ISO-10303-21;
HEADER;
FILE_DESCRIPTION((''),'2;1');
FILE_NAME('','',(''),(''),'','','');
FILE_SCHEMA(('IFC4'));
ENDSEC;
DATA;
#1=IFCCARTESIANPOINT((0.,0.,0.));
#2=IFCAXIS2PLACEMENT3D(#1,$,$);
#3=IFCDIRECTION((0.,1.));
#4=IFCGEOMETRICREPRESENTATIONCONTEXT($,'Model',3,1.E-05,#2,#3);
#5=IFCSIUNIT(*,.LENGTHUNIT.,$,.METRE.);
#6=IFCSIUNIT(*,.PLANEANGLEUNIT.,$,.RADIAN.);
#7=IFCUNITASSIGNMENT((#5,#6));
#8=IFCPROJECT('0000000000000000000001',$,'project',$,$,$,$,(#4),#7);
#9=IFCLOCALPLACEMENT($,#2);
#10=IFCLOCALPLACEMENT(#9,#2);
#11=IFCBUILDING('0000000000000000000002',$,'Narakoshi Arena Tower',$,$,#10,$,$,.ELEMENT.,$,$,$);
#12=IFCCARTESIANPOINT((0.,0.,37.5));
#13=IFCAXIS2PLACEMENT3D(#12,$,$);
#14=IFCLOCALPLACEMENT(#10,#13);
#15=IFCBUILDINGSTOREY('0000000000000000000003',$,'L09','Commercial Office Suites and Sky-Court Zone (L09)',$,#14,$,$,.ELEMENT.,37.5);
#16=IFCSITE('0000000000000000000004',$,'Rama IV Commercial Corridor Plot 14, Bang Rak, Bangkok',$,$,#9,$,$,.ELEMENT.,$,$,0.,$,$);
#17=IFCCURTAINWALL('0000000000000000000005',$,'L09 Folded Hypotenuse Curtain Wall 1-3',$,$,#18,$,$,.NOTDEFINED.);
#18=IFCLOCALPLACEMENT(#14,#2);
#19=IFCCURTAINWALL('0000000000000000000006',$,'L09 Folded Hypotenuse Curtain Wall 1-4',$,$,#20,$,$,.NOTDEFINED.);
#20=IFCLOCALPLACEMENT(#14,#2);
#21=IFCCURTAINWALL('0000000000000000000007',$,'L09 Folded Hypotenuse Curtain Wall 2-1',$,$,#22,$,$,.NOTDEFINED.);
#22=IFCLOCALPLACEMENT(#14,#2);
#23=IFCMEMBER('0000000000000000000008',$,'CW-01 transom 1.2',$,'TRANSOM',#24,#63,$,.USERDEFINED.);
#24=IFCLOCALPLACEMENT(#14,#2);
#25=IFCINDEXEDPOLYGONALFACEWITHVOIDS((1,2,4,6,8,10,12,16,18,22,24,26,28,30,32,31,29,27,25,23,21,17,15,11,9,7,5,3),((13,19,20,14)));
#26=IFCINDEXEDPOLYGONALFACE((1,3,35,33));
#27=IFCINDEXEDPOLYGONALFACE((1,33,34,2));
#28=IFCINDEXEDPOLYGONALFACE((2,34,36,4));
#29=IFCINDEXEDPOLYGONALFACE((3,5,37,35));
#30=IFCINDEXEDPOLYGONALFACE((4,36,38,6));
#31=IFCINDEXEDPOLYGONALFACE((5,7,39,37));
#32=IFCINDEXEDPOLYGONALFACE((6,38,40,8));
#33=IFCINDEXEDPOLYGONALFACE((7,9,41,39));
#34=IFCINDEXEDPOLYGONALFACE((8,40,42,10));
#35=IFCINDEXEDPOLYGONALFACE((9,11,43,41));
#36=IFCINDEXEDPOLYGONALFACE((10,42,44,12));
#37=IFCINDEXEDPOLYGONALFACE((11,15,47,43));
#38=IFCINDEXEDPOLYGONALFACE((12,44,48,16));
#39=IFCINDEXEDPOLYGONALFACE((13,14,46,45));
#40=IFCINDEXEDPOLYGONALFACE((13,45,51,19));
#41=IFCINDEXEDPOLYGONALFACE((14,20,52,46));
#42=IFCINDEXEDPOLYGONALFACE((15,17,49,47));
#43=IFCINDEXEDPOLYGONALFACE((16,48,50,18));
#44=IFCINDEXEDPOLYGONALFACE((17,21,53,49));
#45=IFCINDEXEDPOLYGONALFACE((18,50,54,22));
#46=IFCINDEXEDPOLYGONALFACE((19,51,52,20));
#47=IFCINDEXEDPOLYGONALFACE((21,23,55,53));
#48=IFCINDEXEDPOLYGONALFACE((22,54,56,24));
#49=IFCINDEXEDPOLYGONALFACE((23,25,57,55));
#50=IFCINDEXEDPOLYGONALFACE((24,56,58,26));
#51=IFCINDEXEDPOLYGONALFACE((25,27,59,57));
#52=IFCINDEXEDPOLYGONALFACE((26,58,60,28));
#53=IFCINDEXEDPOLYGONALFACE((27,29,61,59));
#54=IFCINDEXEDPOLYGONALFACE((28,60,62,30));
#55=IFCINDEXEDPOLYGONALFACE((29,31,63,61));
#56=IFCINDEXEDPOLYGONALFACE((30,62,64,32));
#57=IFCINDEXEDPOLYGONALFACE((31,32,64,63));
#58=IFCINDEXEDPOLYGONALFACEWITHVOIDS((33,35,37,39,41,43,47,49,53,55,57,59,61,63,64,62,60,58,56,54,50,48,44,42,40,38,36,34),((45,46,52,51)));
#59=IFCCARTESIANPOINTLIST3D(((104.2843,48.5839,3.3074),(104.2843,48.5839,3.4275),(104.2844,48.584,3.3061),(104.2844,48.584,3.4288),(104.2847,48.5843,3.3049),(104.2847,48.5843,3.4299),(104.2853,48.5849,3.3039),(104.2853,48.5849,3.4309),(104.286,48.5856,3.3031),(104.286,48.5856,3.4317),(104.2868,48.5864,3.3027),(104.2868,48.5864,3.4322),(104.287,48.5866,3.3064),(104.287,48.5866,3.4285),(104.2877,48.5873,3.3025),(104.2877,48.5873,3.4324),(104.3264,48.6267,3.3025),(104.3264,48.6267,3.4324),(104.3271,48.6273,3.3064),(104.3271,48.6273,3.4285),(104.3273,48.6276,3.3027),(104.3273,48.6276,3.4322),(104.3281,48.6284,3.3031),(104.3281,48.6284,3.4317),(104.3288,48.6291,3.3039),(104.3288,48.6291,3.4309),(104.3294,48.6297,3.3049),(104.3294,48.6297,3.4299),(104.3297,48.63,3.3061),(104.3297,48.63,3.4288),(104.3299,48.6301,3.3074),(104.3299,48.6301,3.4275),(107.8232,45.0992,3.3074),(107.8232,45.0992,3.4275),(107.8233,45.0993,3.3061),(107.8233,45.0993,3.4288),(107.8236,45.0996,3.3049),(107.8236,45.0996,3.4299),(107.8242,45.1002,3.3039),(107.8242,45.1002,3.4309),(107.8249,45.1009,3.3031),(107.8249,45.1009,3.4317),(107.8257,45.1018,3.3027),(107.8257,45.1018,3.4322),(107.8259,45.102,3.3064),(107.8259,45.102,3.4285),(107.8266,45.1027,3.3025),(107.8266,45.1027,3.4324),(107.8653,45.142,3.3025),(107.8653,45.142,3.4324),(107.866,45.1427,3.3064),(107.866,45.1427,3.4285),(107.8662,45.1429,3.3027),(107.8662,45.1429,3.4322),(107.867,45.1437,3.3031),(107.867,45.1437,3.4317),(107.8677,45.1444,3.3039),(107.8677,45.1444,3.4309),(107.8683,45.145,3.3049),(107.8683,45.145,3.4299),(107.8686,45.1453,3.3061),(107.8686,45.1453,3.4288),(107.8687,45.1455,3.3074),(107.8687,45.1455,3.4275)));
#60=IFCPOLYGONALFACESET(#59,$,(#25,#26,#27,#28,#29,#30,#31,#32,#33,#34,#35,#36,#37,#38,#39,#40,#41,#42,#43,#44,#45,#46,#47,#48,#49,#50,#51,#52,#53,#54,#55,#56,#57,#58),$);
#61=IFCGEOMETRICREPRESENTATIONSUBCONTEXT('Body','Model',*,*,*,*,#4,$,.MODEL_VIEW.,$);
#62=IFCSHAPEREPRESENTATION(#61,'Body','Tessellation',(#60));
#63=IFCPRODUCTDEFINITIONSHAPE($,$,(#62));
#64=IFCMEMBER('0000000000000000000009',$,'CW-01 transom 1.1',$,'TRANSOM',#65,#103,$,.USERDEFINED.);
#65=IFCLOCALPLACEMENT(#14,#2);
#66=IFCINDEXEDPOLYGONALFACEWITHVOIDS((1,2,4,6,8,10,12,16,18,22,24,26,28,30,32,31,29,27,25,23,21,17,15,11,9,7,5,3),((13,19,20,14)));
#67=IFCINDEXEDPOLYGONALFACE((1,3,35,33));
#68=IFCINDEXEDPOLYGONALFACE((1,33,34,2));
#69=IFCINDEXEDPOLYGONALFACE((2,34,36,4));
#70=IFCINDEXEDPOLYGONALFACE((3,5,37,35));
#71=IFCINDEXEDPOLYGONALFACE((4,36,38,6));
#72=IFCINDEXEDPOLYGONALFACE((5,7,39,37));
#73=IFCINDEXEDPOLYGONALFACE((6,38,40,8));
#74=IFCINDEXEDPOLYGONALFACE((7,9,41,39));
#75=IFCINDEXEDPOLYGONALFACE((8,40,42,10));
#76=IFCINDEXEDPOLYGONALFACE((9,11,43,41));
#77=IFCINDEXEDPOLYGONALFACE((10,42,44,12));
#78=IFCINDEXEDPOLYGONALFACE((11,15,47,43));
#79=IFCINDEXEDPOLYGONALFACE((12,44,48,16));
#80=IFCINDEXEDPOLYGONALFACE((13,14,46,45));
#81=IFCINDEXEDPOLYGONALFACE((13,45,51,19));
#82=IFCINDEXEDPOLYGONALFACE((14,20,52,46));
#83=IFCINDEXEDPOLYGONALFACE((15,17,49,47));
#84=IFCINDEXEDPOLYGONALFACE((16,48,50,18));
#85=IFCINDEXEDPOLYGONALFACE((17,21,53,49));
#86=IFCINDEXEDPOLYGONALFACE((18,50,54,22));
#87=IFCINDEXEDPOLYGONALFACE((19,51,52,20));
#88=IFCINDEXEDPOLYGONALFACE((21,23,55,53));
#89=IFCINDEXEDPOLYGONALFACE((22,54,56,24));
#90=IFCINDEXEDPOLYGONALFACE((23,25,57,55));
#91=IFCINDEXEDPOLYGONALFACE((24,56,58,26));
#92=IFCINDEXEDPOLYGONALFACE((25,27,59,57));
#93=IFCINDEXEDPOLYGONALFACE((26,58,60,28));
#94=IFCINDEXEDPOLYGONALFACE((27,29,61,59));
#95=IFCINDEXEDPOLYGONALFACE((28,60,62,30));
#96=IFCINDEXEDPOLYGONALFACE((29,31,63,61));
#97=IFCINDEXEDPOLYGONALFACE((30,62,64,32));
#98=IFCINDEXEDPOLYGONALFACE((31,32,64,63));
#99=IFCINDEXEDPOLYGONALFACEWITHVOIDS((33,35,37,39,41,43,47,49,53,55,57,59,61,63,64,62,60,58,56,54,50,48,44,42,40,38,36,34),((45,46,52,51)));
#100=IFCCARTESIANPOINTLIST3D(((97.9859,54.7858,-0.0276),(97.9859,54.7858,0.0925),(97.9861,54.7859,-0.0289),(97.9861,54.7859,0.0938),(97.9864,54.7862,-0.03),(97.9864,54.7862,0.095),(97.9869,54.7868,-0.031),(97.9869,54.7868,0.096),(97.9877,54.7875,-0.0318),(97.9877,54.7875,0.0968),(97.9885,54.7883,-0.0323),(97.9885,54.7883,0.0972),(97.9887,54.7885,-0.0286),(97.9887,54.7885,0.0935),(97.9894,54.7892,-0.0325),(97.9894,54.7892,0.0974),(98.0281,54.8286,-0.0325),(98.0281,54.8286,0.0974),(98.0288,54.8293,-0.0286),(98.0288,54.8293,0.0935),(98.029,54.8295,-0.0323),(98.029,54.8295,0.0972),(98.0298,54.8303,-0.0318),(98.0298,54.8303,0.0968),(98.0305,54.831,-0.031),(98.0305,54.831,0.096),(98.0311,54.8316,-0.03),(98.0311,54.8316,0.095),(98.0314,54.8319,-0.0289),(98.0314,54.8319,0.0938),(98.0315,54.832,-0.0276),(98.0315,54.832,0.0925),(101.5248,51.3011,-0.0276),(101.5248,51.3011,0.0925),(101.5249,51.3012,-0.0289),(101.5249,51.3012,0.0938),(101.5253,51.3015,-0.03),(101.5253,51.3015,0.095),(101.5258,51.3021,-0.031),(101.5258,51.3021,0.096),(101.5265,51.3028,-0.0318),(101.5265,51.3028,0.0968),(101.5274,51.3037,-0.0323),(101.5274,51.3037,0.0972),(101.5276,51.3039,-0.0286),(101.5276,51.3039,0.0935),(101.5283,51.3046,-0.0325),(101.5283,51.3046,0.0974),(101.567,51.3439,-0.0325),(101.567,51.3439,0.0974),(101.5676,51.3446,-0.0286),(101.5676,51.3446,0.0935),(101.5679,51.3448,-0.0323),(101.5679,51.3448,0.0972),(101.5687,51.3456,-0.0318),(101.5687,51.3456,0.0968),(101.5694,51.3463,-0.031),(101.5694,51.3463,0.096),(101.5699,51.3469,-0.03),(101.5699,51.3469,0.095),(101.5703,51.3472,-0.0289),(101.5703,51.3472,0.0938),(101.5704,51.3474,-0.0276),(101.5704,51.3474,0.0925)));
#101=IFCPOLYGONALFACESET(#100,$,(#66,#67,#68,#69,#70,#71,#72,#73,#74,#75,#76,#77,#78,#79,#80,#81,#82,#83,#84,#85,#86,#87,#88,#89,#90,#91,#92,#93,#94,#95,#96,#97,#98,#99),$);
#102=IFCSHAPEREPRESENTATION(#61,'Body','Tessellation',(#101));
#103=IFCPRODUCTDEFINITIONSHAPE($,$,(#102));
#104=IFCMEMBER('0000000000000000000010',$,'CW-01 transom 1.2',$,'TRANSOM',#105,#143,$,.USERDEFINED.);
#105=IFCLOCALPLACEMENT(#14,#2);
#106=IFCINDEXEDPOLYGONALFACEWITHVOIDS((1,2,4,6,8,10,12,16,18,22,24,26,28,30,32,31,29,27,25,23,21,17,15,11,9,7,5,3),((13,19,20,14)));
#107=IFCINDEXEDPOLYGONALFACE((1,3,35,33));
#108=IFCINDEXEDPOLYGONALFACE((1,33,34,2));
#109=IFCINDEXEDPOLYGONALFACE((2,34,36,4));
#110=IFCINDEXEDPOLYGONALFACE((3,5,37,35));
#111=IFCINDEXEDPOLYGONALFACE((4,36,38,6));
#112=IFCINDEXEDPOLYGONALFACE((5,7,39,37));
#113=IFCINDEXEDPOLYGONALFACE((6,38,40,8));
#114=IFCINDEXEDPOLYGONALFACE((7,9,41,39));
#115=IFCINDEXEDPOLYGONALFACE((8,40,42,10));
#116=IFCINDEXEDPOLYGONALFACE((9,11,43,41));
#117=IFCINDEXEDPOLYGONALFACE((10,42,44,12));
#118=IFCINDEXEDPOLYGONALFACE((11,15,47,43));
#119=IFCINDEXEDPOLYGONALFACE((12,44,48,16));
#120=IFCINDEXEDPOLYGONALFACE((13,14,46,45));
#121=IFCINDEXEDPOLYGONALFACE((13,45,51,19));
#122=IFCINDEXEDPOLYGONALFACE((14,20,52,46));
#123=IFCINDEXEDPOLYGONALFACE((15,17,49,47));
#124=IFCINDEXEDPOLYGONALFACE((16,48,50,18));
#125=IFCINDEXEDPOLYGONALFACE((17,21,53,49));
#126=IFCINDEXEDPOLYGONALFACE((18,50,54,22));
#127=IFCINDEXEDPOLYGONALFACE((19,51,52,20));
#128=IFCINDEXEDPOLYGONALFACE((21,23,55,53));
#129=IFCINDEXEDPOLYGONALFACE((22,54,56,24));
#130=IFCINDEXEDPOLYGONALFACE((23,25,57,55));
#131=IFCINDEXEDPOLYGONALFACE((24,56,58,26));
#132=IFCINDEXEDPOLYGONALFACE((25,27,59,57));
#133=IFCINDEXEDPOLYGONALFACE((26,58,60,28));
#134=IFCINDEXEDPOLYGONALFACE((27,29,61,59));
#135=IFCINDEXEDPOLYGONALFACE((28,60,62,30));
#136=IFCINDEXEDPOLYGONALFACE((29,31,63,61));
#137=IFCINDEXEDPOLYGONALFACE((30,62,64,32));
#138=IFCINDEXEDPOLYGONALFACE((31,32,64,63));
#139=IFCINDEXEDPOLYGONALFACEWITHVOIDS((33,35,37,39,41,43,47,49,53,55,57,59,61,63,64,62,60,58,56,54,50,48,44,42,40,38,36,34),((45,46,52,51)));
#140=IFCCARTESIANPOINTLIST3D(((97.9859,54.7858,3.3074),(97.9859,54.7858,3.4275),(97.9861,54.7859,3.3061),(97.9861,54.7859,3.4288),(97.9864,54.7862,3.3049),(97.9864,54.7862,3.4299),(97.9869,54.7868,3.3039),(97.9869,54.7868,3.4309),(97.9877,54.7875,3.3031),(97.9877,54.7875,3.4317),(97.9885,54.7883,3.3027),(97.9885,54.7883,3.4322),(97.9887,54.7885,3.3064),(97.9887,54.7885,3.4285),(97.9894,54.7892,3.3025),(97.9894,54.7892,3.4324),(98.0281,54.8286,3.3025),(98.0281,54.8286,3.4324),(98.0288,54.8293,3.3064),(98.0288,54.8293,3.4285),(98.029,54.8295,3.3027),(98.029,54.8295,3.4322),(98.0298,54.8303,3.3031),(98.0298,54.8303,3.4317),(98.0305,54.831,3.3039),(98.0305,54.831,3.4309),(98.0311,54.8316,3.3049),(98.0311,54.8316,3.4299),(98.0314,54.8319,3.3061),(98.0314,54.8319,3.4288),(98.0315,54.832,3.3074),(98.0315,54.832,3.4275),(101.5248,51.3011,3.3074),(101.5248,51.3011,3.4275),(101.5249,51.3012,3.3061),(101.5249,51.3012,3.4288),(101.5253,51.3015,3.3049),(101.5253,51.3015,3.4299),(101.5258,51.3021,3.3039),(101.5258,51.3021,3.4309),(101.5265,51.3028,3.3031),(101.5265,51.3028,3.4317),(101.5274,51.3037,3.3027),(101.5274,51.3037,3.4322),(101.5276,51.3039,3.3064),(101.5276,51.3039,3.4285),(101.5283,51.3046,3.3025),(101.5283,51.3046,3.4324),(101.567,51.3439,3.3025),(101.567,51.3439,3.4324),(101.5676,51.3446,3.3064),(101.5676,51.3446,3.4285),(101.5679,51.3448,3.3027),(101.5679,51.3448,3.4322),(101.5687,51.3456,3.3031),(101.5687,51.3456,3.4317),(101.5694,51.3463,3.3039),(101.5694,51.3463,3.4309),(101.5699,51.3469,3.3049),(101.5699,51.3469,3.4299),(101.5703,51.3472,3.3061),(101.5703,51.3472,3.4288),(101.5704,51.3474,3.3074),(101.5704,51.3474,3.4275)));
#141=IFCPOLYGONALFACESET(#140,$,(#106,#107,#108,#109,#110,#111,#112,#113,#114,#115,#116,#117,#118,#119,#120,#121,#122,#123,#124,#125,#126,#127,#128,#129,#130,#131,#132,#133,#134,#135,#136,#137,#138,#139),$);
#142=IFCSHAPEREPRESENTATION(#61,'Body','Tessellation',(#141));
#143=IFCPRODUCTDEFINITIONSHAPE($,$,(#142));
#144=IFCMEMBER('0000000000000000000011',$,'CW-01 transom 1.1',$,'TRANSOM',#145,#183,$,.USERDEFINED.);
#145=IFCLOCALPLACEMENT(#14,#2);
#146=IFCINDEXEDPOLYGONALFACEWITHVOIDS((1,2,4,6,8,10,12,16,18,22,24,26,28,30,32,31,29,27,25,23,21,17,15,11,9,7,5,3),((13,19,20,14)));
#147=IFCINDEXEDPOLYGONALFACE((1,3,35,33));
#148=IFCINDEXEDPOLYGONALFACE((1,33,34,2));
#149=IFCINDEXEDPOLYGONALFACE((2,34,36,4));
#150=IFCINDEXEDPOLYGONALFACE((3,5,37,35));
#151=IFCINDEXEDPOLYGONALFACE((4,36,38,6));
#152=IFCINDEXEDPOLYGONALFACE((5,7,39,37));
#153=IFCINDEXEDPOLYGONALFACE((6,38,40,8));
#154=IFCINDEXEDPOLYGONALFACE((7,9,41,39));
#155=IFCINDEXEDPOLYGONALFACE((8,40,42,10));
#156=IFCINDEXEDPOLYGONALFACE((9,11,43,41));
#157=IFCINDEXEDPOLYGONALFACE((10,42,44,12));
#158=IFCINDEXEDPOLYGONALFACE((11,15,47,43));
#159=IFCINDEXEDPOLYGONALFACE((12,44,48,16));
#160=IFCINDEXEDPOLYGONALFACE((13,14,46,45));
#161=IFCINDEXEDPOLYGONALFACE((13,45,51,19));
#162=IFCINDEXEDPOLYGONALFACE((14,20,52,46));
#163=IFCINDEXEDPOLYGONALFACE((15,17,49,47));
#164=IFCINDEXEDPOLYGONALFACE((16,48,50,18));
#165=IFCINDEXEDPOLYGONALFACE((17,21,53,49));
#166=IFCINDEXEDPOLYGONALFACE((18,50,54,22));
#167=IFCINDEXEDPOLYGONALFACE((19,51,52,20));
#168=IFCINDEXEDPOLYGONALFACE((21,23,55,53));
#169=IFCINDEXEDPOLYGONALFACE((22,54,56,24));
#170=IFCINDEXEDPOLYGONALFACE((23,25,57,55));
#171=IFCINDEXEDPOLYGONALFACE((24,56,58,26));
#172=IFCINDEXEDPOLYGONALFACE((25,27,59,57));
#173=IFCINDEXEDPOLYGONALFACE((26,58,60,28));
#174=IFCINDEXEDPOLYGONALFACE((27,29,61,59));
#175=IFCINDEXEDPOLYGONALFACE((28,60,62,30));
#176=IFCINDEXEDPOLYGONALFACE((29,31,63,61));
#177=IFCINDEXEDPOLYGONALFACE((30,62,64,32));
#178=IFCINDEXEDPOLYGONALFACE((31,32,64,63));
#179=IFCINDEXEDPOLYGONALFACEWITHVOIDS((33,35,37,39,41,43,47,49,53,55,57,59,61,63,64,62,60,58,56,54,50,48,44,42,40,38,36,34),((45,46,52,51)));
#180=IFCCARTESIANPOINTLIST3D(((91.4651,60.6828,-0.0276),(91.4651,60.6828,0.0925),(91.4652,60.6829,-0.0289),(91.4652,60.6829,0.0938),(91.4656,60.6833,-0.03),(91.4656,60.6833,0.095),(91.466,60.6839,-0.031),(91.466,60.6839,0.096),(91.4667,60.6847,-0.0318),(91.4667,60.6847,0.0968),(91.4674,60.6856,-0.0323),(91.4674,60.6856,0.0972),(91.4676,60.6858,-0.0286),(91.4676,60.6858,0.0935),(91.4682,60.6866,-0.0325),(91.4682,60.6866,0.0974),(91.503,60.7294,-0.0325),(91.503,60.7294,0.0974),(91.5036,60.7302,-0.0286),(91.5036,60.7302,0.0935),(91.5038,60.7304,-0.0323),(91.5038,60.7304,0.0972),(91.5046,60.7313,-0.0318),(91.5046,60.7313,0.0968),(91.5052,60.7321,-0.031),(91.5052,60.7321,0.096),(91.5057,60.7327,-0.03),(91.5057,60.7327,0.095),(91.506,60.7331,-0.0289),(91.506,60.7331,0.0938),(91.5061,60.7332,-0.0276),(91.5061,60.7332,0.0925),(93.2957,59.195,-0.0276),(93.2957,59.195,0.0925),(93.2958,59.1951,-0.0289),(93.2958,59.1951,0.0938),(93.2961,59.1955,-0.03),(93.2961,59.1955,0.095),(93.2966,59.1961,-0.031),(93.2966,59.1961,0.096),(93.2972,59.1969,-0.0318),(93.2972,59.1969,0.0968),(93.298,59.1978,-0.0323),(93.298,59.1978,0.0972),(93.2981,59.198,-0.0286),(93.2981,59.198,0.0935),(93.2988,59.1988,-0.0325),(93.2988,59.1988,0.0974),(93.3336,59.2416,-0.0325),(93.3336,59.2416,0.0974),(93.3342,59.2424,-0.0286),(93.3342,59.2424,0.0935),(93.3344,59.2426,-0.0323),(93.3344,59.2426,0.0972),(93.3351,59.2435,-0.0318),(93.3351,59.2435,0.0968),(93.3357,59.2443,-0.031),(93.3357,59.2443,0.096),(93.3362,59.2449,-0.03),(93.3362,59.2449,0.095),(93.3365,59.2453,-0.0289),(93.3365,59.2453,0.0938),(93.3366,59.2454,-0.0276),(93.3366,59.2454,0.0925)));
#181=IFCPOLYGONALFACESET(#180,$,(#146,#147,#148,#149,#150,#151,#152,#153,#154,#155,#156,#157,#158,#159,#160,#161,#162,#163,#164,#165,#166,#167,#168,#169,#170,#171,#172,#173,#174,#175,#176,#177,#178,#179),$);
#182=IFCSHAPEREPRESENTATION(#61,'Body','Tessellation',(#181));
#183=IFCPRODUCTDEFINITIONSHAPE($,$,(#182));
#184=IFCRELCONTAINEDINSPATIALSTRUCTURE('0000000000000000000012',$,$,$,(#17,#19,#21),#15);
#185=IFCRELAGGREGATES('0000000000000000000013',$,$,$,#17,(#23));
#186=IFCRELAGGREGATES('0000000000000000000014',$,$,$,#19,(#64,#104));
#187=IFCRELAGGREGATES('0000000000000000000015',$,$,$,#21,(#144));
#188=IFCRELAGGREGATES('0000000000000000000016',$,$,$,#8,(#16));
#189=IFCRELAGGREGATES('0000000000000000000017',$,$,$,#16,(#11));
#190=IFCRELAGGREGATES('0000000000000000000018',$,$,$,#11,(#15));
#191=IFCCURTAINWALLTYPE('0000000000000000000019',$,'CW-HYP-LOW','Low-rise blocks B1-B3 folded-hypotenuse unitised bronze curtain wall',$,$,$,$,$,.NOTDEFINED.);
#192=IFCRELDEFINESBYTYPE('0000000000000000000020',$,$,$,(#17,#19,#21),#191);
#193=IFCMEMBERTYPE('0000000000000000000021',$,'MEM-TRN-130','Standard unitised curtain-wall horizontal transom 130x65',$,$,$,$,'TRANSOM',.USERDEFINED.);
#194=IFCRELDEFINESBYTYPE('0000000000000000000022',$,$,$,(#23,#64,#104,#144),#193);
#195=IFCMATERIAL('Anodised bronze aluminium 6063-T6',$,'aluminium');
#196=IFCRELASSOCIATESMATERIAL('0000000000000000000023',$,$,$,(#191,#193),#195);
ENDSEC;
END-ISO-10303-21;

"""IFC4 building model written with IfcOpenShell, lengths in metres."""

from ifc_helpers import new_model, si_unit, direction, frame, origin, origin_2d, place, context, subcontext, project, spatial, hollow_rectangle, extrude, material, material_profile, profile_set, type_object, element, aggregate, save


model = new_model("IFC4")

# Units and contexts
model_context = context("Model", 3, precision=1e-05, world=origin(), true_north=direction((0.0, 1.0)))
body_context = subcontext(model_context, "Body", "Model", "MODEL_VIEW")
ifc_project = project(units=[si_unit("LENGTHUNIT", "METRE"), si_unit("PLANEANGLEUNIT", "RADIAN")], contexts=[model_context])

# Site, building, storey
site_placement = place(None, origin())
site = spatial("IfcSite", under=ifc_project, at=site_placement, Name="Rama IV Commercial Corridor Plot 14, Bang Rak, Bangkok", CompositionType="ELEMENT", RefElevation=0.0)
building_placement = place(site_placement, origin())
building = spatial("IfcBuilding", under=site, at=building_placement, Name="Narakoshi Arena Tower", CompositionType="ELEMENT")
storey_placement = place(building_placement, frame((0.0, 0.0, 37.5)))
storey = spatial("IfcBuildingStorey", under=building, at=storey_placement, Name="L09", Description="Commercial Office Suites and Sky-Court Zone (L09)", CompositionType="ELEMENT", Elevation=37.5)

# Curtain walls
ifc_material_1 = material(Name="Anodised bronze aluminium 6063-T6", Category="aluminium")
curtain_wall_type = type_object("IfcCurtainWallType", Name="CW-HYP-LOW", Description="Low-rise blocks B1-B3 folded-hypotenuse unitised bronze curtain wall", PredefinedType="NOTDEFINED", material=ifc_material_1)
curtain_wall_1_placement = place(storey_placement, origin())
curtain_wall_1 = element("IfcCurtainWall", 1, at=curtain_wall_1_placement, inside=storey, type_object=curtain_wall_type, Name="L09 Folded Hypotenuse Curtain Wall 1-3", PredefinedType="NOTDEFINED")
curtain_wall_2_placement = place(storey_placement, origin())
curtain_wall_2 = element("IfcCurtainWall", 2, at=curtain_wall_2_placement, inside=storey, type_object=curtain_wall_type, Name="L09 Folded Hypotenuse Curtain Wall 1-4", PredefinedType="NOTDEFINED")
curtain_wall_3_placement = place(storey_placement, origin())
curtain_wall_3 = element("IfcCurtainWall", 3, at=curtain_wall_3_placement, inside=storey, type_object=curtain_wall_type, Name="L09 Folded Hypotenuse Curtain Wall 2-1", PredefinedType="NOTDEFINED")

# Members
ifc_material_profile_1 = material_profile(ifc_material_1, hollow_rectangle(XDim=0.0649, YDim=0.1299, WallThickness=0.0039, OuterFilletRadius=0.0049, at=origin_2d()), Name="TRN130x65x4")
ifc_profile_set_1 = profile_set([ifc_material_profile_1], Name="Anodised bronze aluminium 6063-T6")
member_type_1 = type_object("IfcMemberType", Name="MEM-TRN-130", Description="Standard unitised curtain-wall horizontal transom 130x65", ElementType="TRANSOM", PredefinedType="USERDEFINED", material=ifc_profile_set_1)
member_1_placement = place(storey_placement, frame((107.8459, 45.1223, 3.3674), z_axis=(-0.712542, 0.701629, 0.0), x_axis=(-0.701629, -0.712542, 0.0)))
member_1 = element("IfcMember", 4, at=member_1_placement, type_object=member_type_1, Name="CW-01 transom 1.2", ObjectType="TRANSOM", PredefinedType="USERDEFINED", context=body_context, shape_type="SweptSolid", body=[
    extrude(hollow_rectangle(XDim=0.0649, YDim=0.1299, WallThickness=0.0039, OuterFilletRadius=0.0049, at=origin_2d()), origin(), (0.0, 0.0, 1.0), 4.9666),
])
member_2_placement = place(storey_placement, frame((101.5476, 51.3242, 0.0325), z_axis=(-0.712542, 0.701629, 0.0), x_axis=(-0.701629, -0.712542, 0.0)))
member_2 = element("IfcMember", 5, at=member_2_placement, type_object=member_type_1, Name="CW-01 transom 1.1", ObjectType="TRANSOM", PredefinedType="USERDEFINED", context=body_context, shape_type="SweptSolid", body=[
    extrude(hollow_rectangle(XDim=0.0649, YDim=0.1299, WallThickness=0.0039, OuterFilletRadius=0.0049, at=origin_2d()), origin(), (0.0, 0.0, 1.0), 4.9666),
])
member_3_placement = place(storey_placement, frame((101.5476, 51.3242, 3.3674), z_axis=(-0.712542, 0.701629, 0.0), x_axis=(-0.701629, -0.712542, 0.0)))
member_3 = element("IfcMember", 6, at=member_3_placement, type_object=member_type_1, Name="CW-01 transom 1.2", ObjectType="TRANSOM", PredefinedType="USERDEFINED", context=body_context, shape_type="SweptSolid", body=[
    extrude(hollow_rectangle(XDim=0.0649, YDim=0.1299, WallThickness=0.0039, OuterFilletRadius=0.0049, at=origin_2d()), origin(), (0.0, 0.0, 1.0), 4.9666),
])
member_4_placement = place(storey_placement, frame((93.3162, 59.2202, 0.0325), z_axis=(-0.776019, 0.63071, 0.0), x_axis=(-0.63071, -0.776019, 0.0)))
member_4 = element("IfcMember", 7, at=member_4_placement, type_object=member_type_1, Name="CW-01 transom 1.1", ObjectType="TRANSOM", PredefinedType="USERDEFINED", context=body_context, shape_type="SweptSolid", body=[
    extrude(hollow_rectangle(XDim=0.0649, YDim=0.1299, WallThickness=0.0039, OuterFilletRadius=0.0049, at=origin_2d()), origin(), (0.0, 0.0, 1.0), 2.3589),
])

aggregate(curtain_wall_1, [member_1])
aggregate(curtain_wall_2, [member_2, member_3])
aggregate(curtain_wall_3, [member_4])

save(model, "model.ifc")
